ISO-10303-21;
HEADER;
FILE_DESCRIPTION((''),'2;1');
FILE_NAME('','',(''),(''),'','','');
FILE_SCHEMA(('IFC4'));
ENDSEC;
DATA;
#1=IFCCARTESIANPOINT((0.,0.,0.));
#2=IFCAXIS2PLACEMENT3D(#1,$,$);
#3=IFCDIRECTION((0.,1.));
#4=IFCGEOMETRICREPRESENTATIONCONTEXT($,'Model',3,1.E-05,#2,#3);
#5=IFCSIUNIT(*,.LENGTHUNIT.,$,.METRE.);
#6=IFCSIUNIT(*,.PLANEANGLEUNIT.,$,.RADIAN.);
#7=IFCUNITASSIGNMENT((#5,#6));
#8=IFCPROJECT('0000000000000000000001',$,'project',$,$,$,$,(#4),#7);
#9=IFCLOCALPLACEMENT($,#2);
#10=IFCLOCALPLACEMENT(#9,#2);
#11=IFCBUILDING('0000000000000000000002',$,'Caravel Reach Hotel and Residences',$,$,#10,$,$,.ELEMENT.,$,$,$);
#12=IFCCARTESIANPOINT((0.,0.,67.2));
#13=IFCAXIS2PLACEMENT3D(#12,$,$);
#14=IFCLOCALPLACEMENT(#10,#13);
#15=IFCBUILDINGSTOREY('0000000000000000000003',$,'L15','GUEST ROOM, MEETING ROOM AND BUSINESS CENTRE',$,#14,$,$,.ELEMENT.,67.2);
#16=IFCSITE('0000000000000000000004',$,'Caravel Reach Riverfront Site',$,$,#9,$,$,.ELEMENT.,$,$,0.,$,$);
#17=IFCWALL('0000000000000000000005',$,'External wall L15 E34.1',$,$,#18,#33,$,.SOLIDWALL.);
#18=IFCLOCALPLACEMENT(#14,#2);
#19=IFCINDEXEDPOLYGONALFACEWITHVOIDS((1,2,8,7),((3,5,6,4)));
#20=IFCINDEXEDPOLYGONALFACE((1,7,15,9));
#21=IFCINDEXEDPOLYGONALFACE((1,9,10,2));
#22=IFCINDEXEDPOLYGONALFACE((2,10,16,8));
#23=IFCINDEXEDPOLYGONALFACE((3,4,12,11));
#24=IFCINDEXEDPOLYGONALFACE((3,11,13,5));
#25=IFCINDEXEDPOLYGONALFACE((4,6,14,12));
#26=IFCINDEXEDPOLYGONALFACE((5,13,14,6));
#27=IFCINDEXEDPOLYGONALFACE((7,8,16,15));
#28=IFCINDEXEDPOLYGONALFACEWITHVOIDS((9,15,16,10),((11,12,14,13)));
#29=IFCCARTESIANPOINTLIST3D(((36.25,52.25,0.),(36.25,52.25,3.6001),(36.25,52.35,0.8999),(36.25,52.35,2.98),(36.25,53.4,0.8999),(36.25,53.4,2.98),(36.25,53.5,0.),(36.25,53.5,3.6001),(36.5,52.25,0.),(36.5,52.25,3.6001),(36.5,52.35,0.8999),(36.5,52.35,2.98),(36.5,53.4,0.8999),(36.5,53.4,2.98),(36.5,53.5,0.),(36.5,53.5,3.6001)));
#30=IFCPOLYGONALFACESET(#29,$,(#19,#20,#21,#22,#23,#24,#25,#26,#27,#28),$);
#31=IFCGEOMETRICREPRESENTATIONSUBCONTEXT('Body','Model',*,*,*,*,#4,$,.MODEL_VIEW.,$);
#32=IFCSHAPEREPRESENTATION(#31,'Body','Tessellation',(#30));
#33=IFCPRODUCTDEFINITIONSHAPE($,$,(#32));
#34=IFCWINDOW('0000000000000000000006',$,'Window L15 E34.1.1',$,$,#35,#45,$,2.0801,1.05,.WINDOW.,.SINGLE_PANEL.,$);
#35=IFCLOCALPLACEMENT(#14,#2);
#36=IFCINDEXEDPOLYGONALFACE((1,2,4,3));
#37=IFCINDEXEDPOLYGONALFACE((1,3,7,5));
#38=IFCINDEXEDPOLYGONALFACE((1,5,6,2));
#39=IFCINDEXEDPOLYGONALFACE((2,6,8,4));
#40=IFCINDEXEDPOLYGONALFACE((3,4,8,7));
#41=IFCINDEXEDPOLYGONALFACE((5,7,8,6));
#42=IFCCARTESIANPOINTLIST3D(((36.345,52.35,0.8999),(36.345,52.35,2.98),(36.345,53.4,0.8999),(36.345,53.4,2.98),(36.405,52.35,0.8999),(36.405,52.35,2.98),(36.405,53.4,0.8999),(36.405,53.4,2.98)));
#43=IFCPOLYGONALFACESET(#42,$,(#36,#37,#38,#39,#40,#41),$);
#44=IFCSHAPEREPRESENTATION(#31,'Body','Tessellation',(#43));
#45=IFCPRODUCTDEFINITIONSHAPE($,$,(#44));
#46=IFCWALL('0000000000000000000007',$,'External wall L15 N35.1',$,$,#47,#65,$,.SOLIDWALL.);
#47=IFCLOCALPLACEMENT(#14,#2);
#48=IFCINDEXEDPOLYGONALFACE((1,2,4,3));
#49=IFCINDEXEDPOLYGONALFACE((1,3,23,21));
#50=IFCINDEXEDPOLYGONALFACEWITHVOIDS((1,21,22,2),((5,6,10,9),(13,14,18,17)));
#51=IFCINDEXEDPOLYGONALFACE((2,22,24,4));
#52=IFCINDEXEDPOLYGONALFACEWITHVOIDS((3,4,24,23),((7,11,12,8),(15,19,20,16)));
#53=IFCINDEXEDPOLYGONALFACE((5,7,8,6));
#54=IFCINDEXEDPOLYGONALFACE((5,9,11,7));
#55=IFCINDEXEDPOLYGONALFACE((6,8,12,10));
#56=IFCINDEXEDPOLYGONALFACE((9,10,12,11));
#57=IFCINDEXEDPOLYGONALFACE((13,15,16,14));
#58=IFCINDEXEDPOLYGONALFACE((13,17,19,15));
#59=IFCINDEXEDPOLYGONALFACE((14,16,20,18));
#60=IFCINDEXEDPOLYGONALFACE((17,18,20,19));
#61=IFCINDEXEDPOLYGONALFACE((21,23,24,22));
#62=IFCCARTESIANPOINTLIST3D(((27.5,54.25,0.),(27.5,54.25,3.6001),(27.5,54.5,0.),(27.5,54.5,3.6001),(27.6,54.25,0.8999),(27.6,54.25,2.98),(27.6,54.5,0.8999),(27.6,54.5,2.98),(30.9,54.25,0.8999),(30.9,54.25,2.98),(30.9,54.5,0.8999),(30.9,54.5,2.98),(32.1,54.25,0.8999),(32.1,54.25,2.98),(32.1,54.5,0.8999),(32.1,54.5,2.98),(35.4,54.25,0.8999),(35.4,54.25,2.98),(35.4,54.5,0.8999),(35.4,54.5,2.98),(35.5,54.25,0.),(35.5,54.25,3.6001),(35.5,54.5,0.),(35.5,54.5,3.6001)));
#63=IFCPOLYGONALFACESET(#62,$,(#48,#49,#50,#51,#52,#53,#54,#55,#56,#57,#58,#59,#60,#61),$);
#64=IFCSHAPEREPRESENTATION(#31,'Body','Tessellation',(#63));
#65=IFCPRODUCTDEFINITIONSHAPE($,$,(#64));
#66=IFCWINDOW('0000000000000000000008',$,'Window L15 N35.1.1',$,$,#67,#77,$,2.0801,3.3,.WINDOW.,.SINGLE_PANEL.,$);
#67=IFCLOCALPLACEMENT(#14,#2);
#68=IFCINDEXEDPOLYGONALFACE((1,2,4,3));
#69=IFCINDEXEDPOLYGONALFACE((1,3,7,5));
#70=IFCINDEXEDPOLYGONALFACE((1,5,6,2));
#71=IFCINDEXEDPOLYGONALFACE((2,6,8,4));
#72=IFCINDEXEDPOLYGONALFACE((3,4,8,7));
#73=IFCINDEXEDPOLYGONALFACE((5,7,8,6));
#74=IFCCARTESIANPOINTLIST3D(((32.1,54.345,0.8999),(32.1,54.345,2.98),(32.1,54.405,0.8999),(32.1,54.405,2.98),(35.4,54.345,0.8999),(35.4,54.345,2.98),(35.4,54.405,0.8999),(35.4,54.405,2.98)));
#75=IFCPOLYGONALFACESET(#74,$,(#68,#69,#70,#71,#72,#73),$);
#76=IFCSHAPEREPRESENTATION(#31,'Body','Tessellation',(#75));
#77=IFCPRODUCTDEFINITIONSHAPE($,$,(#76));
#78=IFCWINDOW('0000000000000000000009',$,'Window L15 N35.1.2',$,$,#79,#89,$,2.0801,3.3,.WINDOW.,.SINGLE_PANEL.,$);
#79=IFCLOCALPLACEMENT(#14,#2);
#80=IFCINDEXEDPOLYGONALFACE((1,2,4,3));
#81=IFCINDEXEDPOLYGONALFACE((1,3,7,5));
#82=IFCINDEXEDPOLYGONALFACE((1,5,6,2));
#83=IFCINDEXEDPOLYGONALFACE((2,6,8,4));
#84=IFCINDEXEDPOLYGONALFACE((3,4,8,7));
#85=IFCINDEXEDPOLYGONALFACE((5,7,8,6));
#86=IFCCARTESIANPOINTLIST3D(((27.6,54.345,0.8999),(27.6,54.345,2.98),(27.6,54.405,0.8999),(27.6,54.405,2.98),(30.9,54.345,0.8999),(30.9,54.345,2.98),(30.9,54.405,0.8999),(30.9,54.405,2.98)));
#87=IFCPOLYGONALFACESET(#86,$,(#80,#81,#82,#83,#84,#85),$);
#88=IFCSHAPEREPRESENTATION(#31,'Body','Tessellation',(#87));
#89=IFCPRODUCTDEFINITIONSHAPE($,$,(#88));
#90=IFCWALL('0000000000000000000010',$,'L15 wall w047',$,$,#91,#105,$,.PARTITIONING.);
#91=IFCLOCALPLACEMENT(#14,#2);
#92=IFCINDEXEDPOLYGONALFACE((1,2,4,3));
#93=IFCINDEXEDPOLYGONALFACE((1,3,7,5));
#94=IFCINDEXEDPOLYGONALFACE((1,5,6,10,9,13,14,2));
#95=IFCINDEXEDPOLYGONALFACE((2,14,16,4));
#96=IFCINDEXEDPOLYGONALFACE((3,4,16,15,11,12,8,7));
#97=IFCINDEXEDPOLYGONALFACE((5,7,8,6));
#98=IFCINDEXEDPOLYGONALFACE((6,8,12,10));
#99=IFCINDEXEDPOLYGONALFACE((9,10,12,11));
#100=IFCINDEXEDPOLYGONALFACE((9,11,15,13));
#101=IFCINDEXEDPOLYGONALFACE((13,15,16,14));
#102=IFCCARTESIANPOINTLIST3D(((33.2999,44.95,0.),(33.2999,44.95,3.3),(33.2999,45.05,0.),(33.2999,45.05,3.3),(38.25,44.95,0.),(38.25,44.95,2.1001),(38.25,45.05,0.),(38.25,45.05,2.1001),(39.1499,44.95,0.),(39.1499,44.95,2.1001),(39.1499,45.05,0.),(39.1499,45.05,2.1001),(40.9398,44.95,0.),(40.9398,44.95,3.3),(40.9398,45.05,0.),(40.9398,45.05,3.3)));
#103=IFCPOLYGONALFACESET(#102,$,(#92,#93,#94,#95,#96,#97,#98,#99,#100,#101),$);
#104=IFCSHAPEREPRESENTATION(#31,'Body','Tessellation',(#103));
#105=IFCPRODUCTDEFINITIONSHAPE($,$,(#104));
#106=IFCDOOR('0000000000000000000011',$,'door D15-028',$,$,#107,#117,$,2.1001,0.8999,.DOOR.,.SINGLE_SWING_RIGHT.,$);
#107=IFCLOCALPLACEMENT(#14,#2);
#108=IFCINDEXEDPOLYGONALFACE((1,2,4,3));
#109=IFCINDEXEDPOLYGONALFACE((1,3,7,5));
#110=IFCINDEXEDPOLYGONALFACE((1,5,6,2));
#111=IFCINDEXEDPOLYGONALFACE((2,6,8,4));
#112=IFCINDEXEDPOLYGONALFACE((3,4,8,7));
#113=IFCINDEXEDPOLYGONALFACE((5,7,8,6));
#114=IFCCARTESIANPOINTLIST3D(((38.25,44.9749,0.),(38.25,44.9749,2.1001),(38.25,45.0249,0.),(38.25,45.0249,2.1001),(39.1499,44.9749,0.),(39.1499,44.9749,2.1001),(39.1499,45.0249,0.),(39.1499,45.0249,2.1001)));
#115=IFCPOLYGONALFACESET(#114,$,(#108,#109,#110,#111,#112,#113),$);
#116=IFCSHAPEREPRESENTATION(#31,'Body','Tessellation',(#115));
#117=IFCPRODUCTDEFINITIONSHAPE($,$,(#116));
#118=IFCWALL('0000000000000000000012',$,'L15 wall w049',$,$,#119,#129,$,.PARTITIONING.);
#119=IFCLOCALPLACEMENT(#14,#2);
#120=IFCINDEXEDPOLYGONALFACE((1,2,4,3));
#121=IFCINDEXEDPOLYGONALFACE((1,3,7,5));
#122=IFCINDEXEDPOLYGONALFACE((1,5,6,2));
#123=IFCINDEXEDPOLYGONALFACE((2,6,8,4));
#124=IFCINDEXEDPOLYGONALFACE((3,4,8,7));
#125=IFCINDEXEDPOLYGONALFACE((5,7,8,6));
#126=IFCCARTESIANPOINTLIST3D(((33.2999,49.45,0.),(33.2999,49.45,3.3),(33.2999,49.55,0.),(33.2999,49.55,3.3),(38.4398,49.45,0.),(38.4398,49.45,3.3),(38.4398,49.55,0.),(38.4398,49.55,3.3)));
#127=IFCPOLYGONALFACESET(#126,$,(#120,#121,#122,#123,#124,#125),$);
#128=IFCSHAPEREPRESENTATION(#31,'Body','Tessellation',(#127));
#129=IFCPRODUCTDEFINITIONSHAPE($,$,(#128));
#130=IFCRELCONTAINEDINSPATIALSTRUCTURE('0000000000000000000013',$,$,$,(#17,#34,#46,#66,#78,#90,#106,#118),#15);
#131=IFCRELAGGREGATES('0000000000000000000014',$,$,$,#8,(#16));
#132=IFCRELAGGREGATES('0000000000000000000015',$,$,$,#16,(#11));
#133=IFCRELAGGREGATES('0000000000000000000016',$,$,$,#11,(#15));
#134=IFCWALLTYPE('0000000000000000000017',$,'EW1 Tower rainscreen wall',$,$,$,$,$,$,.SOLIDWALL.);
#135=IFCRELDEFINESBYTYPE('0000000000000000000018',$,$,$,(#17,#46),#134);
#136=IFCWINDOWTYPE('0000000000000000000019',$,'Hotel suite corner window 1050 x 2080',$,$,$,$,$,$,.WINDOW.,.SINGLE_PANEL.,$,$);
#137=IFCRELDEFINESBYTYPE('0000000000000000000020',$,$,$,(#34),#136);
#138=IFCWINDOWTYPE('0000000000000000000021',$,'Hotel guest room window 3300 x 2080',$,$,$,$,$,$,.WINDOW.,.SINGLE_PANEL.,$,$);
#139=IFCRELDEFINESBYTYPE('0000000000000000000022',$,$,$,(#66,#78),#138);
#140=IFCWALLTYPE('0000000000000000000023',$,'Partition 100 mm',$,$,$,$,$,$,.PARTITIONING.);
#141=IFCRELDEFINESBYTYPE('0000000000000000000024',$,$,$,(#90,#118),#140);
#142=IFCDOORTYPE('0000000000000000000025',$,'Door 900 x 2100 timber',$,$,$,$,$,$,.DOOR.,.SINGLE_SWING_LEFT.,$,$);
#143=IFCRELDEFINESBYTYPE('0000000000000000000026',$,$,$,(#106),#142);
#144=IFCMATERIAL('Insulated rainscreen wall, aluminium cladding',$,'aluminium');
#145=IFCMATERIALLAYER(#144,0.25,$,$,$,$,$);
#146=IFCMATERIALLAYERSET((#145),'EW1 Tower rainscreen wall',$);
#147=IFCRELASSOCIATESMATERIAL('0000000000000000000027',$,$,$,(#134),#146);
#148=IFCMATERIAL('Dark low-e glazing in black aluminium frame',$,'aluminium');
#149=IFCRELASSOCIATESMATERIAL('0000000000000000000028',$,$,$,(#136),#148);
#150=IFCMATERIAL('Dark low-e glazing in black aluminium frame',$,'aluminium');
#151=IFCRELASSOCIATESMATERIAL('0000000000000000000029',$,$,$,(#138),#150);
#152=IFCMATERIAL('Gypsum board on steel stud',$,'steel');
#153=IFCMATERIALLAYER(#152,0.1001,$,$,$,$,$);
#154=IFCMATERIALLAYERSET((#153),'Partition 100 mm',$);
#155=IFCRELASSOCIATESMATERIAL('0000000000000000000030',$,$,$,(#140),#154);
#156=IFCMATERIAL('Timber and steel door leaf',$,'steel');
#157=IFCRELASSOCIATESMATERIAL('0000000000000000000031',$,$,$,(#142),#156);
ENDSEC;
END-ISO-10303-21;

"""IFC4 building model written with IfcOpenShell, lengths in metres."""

from ifc_helpers import new_model, si_unit, direction, frame, frame_2d, origin, place, context, subcontext, project, spatial, rectangle, extrude, material, layer, layer_set, type_object, element, fill, save


model = new_model("IFC4")

# Units and contexts
model_context = context("Model", 3, precision=1e-05, world=origin(), true_north=direction((0.0, 1.0)))
body_context = subcontext(model_context, "Body", "Model", "MODEL_VIEW")
ifc_project = project(units=[si_unit("LENGTHUNIT", "METRE"), si_unit("PLANEANGLEUNIT", "RADIAN")], contexts=[model_context])

# Site, building, storey
site_placement = place(None, origin())
site = spatial("IfcSite", under=ifc_project, at=site_placement, Name="Caravel Reach Riverfront Site", CompositionType="ELEMENT", RefElevation=0.0)
building_placement = place(site_placement, origin())
building = spatial("IfcBuilding", under=site, at=building_placement, Name="Caravel Reach Hotel and Residences", CompositionType="ELEMENT")
storey_placement = place(building_placement, frame((0.0, 0.0, 67.2)))
storey = spatial("IfcBuildingStorey", under=building, at=storey_placement, Name="L15", Description="GUEST ROOM, MEETING ROOM AND BUSINESS CENTRE", CompositionType="ELEMENT", Elevation=67.2)

# Wall, opening, window
ifc_material_1 = material(Name="Insulated rainscreen wall, aluminium cladding", Category="aluminium")
ifc_layer_1 = layer(ifc_material_1, 0.25)
ifc_layer_set_1 = layer_set([ifc_layer_1], Name="EW1 Tower rainscreen wall")
wall_type_1 = type_object("IfcWallType", Name="EW1 Tower rainscreen wall", PredefinedType="SOLIDWALL", material=ifc_layer_set_1)
ifc_material_2 = material(Name="Dark low-e glazing in black aluminium frame", Category="aluminium")
window_type_1 = type_object("IfcWindowType", Name="Hotel suite corner window 1050 x 2080", PartitioningType="SINGLE_PANEL", PredefinedType="WINDOW", material=ifc_material_2)
wall_1_placement = place(storey_placement, frame((36.375, 52.25, 0.0), z_axis=(0.0, 0.0, 1.0), x_axis=(0.0, 1.0, 0.0)))
wall_1 = element("IfcWall", 1, at=wall_1_placement, inside=storey, type_object=wall_type_1, Name="External wall L15 E34.1", PredefinedType="SOLIDWALL", context=body_context, shape_type="SweptSolid", body=[
    extrude(rectangle(XDim=1.25, YDim=0.25, at=frame_2d((0.625, 0.0))), origin(), (0.0, 0.0, 1.0), 3.6001),
])
opening_1_placement = place(wall_1_placement, frame((0.1001, 0.0, 0.8999)))
opening_1 = element("IfcOpeningElement", 2, at=opening_1_placement, cuts=wall_1, PredefinedType="OPENING", context=body_context, shape_type="SweptSolid", body=[
    extrude(rectangle(XDim=1.05, YDim=2.0801, at=frame_2d((0.5249, 1.04))), frame((0.0, 0.135, 0.0), z_axis=(0.0, -1.0, 0.0), x_axis=(1.0, 0.0, 0.0)), (0.0, 0.0, 1.0), 0.27),
])
window_1_placement = place(opening_1_placement, origin())
window_1 = element("IfcWindow", 3, at=window_1_placement, inside=storey, type_object=window_type_1, Name="Window L15 E34.1.1", OverallHeight=2.0801, OverallWidth=1.05, PartitioningType="SINGLE_PANEL", PredefinedType="WINDOW", context=body_context, shape_type="SweptSolid", body=[
    extrude(rectangle(XDim=1.05, YDim=2.0801, at=frame_2d((0.5249, 1.04))), frame((0.0, 0.03, 0.0), z_axis=(0.0, -1.0, 0.0), x_axis=(1.0, 0.0, 0.0)), (0.0, 0.0, 1.0), 0.0601),
])
fill(opening_1, window_1)

# Wall, openings, windows
wall_2_placement = place(storey_placement, frame((35.5, 54.375, 0.0), z_axis=(0.0, 0.0, 1.0), x_axis=(-1.0, 0.0, 0.0)))
wall_2 = element("IfcWall", 4, at=wall_2_placement, inside=storey, type_object=wall_type_1, Name="External wall L15 N35.1", PredefinedType="SOLIDWALL", context=body_context, shape_type="SweptSolid", body=[
    extrude(rectangle(XDim=8.0, YDim=0.25, at=frame_2d((4.0, 0.0))), origin(), (0.0, 0.0, 1.0), 3.6001),
])
opening_2_placement = place(wall_2_placement, frame((0.1001, 0.0, 0.8999)))
opening_2 = element("IfcOpeningElement", 5, at=opening_2_placement, cuts=wall_2, PredefinedType="OPENING", context=body_context, shape_type="SweptSolid", body=[
    extrude(rectangle(XDim=3.3, YDim=2.0801, at=frame_2d((1.6499, 1.04))), frame((0.0, 0.135, 0.0), z_axis=(0.0, -1.0, 0.0), x_axis=(1.0, 0.0, 0.0)), (0.0, 0.0, 1.0), 0.27),
])
opening_3_placement = place(wall_2_placement, frame((4.6001, 0.0, 0.8999)))
opening_3 = element("IfcOpeningElement", 6, at=opening_3_placement, cuts=wall_2, PredefinedType="OPENING", context=body_context, shape_type="SweptSolid", body=[
    extrude(rectangle(XDim=3.3, YDim=2.0801, at=frame_2d((1.6499, 1.04))), frame((0.0, 0.135, 0.0), z_axis=(0.0, -1.0, 0.0), x_axis=(1.0, 0.0, 0.0)), (0.0, 0.0, 1.0), 0.27),
])
ifc_material_3 = material(Name="Dark low-e glazing in black aluminium frame", Category="aluminium")
window_type_2 = type_object("IfcWindowType", Name="Hotel guest room window 3300 x 2080", PartitioningType="SINGLE_PANEL", PredefinedType="WINDOW", material=ifc_material_3)
window_2_placement = place(opening_2_placement, origin())
window_2 = element("IfcWindow", 7, at=window_2_placement, inside=storey, type_object=window_type_2, Name="Window L15 N35.1.1", OverallHeight=2.0801, OverallWidth=3.3, PartitioningType="SINGLE_PANEL", PredefinedType="WINDOW", context=body_context, shape_type="SweptSolid", body=[
    extrude(rectangle(XDim=3.3, YDim=2.0801, at=frame_2d((1.6499, 1.04))), frame((0.0, 0.03, 0.0), z_axis=(0.0, -1.0, 0.0), x_axis=(1.0, 0.0, 0.0)), (0.0, 0.0, 1.0), 0.0601),
])
fill(opening_2, window_2)
window_3_placement = place(opening_3_placement, origin())
window_3 = element("IfcWindow", 8, at=window_3_placement, inside=storey, type_object=window_type_2, Name="Window L15 N35.1.2", OverallHeight=2.0801, OverallWidth=3.3, PartitioningType="SINGLE_PANEL", PredefinedType="WINDOW", context=body_context, shape_type="SweptSolid", body=[
    extrude(rectangle(XDim=3.3, YDim=2.0801, at=frame_2d((1.6499, 1.04))), frame((0.0, 0.03, 0.0), z_axis=(0.0, -1.0, 0.0), x_axis=(1.0, 0.0, 0.0)), (0.0, 0.0, 1.0), 0.0601),
])
fill(opening_3, window_3)

# Wall, opening, door
ifc_material_4 = material(Name="Gypsum board on steel stud", Category="steel")
ifc_layer_2 = layer(ifc_material_4, 0.1001)
ifc_layer_set_2 = layer_set([ifc_layer_2], Name="Partition 100 mm")
wall_type_2 = type_object("IfcWallType", Name="Partition 100 mm", PredefinedType="PARTITIONING", material=ifc_layer_set_2)
wall_3_placement = place(storey_placement, frame((33.3, 45.0, 0.0), z_axis=(0.0, 0.0, 1.0), x_axis=(1.0, 0.0, 0.0)))
wall_3 = element("IfcWall", 9, at=wall_3_placement, inside=storey, type_object=wall_type_2, Name="L15 wall w047", PredefinedType="PARTITIONING", context=body_context, shape_type="SweptSolid", body=[
    extrude(rectangle(XDim=7.6399, YDim=0.1001, at=frame_2d((3.8198, 0.0))), origin(), (0.0, 0.0, 1.0), 3.3),
])
opening_4_placement = place(wall_3_placement, frame((4.95, 0.0, 0.0)))
opening_4 = element("IfcOpeningElement", 10, at=opening_4_placement, cuts=wall_3, PredefinedType="OPENING", context=body_context, shape_type="SweptSolid", body=[
    extrude(rectangle(XDim=0.8999, YDim=2.1001, at=frame_2d((0.45, 1.05))), frame((0.0, 0.0601, 0.0), z_axis=(0.0, -1.0, 0.0), x_axis=(1.0, 0.0, 0.0)), (0.0, 0.0, 1.0), 0.1201),
])
ifc_material_5 = material(Name="Timber and steel door leaf", Category="steel")
door_type_1 = type_object("IfcDoorType", Name="Door 900 x 2100 timber", OperationType="SINGLE_SWING_LEFT", PredefinedType="DOOR", material=ifc_material_5)
door_1_placement = place(opening_4_placement, origin())
door_1 = element("IfcDoor", 11, at=door_1_placement, inside=storey, type_object=door_type_1, Name="door D15-028", OperationType="SINGLE_SWING_RIGHT", OverallHeight=2.1001, OverallWidth=0.8999, PredefinedType="DOOR", context=body_context, shape_type="SweptSolid", body=[
    extrude(rectangle(XDim=0.8999, YDim=2.1001, at=frame_2d((0.45, 1.05))), frame((0.0, 0.0249, 0.0), z_axis=(0.0, -1.0, 0.0), x_axis=(1.0, 0.0, 0.0)), (0.0, 0.0, 1.0), 0.05),
])
fill(opening_4, door_1)

# Wall
wall_4_placement = place(storey_placement, frame((33.3, 49.5, 0.0), z_axis=(0.0, 0.0, 1.0), x_axis=(1.0, 0.0, 0.0)))
element("IfcWall", 12, at=wall_4_placement, inside=storey, type_object=wall_type_2, Name="L15 wall w049", PredefinedType="PARTITIONING", context=body_context, shape_type="SweptSolid", body=[
    extrude(rectangle(XDim=5.1399, YDim=0.1001, at=frame_2d((2.5698, 0.0))), origin(), (0.0, 0.0, 1.0), 3.3),
])

save(model, "model.ifc")
